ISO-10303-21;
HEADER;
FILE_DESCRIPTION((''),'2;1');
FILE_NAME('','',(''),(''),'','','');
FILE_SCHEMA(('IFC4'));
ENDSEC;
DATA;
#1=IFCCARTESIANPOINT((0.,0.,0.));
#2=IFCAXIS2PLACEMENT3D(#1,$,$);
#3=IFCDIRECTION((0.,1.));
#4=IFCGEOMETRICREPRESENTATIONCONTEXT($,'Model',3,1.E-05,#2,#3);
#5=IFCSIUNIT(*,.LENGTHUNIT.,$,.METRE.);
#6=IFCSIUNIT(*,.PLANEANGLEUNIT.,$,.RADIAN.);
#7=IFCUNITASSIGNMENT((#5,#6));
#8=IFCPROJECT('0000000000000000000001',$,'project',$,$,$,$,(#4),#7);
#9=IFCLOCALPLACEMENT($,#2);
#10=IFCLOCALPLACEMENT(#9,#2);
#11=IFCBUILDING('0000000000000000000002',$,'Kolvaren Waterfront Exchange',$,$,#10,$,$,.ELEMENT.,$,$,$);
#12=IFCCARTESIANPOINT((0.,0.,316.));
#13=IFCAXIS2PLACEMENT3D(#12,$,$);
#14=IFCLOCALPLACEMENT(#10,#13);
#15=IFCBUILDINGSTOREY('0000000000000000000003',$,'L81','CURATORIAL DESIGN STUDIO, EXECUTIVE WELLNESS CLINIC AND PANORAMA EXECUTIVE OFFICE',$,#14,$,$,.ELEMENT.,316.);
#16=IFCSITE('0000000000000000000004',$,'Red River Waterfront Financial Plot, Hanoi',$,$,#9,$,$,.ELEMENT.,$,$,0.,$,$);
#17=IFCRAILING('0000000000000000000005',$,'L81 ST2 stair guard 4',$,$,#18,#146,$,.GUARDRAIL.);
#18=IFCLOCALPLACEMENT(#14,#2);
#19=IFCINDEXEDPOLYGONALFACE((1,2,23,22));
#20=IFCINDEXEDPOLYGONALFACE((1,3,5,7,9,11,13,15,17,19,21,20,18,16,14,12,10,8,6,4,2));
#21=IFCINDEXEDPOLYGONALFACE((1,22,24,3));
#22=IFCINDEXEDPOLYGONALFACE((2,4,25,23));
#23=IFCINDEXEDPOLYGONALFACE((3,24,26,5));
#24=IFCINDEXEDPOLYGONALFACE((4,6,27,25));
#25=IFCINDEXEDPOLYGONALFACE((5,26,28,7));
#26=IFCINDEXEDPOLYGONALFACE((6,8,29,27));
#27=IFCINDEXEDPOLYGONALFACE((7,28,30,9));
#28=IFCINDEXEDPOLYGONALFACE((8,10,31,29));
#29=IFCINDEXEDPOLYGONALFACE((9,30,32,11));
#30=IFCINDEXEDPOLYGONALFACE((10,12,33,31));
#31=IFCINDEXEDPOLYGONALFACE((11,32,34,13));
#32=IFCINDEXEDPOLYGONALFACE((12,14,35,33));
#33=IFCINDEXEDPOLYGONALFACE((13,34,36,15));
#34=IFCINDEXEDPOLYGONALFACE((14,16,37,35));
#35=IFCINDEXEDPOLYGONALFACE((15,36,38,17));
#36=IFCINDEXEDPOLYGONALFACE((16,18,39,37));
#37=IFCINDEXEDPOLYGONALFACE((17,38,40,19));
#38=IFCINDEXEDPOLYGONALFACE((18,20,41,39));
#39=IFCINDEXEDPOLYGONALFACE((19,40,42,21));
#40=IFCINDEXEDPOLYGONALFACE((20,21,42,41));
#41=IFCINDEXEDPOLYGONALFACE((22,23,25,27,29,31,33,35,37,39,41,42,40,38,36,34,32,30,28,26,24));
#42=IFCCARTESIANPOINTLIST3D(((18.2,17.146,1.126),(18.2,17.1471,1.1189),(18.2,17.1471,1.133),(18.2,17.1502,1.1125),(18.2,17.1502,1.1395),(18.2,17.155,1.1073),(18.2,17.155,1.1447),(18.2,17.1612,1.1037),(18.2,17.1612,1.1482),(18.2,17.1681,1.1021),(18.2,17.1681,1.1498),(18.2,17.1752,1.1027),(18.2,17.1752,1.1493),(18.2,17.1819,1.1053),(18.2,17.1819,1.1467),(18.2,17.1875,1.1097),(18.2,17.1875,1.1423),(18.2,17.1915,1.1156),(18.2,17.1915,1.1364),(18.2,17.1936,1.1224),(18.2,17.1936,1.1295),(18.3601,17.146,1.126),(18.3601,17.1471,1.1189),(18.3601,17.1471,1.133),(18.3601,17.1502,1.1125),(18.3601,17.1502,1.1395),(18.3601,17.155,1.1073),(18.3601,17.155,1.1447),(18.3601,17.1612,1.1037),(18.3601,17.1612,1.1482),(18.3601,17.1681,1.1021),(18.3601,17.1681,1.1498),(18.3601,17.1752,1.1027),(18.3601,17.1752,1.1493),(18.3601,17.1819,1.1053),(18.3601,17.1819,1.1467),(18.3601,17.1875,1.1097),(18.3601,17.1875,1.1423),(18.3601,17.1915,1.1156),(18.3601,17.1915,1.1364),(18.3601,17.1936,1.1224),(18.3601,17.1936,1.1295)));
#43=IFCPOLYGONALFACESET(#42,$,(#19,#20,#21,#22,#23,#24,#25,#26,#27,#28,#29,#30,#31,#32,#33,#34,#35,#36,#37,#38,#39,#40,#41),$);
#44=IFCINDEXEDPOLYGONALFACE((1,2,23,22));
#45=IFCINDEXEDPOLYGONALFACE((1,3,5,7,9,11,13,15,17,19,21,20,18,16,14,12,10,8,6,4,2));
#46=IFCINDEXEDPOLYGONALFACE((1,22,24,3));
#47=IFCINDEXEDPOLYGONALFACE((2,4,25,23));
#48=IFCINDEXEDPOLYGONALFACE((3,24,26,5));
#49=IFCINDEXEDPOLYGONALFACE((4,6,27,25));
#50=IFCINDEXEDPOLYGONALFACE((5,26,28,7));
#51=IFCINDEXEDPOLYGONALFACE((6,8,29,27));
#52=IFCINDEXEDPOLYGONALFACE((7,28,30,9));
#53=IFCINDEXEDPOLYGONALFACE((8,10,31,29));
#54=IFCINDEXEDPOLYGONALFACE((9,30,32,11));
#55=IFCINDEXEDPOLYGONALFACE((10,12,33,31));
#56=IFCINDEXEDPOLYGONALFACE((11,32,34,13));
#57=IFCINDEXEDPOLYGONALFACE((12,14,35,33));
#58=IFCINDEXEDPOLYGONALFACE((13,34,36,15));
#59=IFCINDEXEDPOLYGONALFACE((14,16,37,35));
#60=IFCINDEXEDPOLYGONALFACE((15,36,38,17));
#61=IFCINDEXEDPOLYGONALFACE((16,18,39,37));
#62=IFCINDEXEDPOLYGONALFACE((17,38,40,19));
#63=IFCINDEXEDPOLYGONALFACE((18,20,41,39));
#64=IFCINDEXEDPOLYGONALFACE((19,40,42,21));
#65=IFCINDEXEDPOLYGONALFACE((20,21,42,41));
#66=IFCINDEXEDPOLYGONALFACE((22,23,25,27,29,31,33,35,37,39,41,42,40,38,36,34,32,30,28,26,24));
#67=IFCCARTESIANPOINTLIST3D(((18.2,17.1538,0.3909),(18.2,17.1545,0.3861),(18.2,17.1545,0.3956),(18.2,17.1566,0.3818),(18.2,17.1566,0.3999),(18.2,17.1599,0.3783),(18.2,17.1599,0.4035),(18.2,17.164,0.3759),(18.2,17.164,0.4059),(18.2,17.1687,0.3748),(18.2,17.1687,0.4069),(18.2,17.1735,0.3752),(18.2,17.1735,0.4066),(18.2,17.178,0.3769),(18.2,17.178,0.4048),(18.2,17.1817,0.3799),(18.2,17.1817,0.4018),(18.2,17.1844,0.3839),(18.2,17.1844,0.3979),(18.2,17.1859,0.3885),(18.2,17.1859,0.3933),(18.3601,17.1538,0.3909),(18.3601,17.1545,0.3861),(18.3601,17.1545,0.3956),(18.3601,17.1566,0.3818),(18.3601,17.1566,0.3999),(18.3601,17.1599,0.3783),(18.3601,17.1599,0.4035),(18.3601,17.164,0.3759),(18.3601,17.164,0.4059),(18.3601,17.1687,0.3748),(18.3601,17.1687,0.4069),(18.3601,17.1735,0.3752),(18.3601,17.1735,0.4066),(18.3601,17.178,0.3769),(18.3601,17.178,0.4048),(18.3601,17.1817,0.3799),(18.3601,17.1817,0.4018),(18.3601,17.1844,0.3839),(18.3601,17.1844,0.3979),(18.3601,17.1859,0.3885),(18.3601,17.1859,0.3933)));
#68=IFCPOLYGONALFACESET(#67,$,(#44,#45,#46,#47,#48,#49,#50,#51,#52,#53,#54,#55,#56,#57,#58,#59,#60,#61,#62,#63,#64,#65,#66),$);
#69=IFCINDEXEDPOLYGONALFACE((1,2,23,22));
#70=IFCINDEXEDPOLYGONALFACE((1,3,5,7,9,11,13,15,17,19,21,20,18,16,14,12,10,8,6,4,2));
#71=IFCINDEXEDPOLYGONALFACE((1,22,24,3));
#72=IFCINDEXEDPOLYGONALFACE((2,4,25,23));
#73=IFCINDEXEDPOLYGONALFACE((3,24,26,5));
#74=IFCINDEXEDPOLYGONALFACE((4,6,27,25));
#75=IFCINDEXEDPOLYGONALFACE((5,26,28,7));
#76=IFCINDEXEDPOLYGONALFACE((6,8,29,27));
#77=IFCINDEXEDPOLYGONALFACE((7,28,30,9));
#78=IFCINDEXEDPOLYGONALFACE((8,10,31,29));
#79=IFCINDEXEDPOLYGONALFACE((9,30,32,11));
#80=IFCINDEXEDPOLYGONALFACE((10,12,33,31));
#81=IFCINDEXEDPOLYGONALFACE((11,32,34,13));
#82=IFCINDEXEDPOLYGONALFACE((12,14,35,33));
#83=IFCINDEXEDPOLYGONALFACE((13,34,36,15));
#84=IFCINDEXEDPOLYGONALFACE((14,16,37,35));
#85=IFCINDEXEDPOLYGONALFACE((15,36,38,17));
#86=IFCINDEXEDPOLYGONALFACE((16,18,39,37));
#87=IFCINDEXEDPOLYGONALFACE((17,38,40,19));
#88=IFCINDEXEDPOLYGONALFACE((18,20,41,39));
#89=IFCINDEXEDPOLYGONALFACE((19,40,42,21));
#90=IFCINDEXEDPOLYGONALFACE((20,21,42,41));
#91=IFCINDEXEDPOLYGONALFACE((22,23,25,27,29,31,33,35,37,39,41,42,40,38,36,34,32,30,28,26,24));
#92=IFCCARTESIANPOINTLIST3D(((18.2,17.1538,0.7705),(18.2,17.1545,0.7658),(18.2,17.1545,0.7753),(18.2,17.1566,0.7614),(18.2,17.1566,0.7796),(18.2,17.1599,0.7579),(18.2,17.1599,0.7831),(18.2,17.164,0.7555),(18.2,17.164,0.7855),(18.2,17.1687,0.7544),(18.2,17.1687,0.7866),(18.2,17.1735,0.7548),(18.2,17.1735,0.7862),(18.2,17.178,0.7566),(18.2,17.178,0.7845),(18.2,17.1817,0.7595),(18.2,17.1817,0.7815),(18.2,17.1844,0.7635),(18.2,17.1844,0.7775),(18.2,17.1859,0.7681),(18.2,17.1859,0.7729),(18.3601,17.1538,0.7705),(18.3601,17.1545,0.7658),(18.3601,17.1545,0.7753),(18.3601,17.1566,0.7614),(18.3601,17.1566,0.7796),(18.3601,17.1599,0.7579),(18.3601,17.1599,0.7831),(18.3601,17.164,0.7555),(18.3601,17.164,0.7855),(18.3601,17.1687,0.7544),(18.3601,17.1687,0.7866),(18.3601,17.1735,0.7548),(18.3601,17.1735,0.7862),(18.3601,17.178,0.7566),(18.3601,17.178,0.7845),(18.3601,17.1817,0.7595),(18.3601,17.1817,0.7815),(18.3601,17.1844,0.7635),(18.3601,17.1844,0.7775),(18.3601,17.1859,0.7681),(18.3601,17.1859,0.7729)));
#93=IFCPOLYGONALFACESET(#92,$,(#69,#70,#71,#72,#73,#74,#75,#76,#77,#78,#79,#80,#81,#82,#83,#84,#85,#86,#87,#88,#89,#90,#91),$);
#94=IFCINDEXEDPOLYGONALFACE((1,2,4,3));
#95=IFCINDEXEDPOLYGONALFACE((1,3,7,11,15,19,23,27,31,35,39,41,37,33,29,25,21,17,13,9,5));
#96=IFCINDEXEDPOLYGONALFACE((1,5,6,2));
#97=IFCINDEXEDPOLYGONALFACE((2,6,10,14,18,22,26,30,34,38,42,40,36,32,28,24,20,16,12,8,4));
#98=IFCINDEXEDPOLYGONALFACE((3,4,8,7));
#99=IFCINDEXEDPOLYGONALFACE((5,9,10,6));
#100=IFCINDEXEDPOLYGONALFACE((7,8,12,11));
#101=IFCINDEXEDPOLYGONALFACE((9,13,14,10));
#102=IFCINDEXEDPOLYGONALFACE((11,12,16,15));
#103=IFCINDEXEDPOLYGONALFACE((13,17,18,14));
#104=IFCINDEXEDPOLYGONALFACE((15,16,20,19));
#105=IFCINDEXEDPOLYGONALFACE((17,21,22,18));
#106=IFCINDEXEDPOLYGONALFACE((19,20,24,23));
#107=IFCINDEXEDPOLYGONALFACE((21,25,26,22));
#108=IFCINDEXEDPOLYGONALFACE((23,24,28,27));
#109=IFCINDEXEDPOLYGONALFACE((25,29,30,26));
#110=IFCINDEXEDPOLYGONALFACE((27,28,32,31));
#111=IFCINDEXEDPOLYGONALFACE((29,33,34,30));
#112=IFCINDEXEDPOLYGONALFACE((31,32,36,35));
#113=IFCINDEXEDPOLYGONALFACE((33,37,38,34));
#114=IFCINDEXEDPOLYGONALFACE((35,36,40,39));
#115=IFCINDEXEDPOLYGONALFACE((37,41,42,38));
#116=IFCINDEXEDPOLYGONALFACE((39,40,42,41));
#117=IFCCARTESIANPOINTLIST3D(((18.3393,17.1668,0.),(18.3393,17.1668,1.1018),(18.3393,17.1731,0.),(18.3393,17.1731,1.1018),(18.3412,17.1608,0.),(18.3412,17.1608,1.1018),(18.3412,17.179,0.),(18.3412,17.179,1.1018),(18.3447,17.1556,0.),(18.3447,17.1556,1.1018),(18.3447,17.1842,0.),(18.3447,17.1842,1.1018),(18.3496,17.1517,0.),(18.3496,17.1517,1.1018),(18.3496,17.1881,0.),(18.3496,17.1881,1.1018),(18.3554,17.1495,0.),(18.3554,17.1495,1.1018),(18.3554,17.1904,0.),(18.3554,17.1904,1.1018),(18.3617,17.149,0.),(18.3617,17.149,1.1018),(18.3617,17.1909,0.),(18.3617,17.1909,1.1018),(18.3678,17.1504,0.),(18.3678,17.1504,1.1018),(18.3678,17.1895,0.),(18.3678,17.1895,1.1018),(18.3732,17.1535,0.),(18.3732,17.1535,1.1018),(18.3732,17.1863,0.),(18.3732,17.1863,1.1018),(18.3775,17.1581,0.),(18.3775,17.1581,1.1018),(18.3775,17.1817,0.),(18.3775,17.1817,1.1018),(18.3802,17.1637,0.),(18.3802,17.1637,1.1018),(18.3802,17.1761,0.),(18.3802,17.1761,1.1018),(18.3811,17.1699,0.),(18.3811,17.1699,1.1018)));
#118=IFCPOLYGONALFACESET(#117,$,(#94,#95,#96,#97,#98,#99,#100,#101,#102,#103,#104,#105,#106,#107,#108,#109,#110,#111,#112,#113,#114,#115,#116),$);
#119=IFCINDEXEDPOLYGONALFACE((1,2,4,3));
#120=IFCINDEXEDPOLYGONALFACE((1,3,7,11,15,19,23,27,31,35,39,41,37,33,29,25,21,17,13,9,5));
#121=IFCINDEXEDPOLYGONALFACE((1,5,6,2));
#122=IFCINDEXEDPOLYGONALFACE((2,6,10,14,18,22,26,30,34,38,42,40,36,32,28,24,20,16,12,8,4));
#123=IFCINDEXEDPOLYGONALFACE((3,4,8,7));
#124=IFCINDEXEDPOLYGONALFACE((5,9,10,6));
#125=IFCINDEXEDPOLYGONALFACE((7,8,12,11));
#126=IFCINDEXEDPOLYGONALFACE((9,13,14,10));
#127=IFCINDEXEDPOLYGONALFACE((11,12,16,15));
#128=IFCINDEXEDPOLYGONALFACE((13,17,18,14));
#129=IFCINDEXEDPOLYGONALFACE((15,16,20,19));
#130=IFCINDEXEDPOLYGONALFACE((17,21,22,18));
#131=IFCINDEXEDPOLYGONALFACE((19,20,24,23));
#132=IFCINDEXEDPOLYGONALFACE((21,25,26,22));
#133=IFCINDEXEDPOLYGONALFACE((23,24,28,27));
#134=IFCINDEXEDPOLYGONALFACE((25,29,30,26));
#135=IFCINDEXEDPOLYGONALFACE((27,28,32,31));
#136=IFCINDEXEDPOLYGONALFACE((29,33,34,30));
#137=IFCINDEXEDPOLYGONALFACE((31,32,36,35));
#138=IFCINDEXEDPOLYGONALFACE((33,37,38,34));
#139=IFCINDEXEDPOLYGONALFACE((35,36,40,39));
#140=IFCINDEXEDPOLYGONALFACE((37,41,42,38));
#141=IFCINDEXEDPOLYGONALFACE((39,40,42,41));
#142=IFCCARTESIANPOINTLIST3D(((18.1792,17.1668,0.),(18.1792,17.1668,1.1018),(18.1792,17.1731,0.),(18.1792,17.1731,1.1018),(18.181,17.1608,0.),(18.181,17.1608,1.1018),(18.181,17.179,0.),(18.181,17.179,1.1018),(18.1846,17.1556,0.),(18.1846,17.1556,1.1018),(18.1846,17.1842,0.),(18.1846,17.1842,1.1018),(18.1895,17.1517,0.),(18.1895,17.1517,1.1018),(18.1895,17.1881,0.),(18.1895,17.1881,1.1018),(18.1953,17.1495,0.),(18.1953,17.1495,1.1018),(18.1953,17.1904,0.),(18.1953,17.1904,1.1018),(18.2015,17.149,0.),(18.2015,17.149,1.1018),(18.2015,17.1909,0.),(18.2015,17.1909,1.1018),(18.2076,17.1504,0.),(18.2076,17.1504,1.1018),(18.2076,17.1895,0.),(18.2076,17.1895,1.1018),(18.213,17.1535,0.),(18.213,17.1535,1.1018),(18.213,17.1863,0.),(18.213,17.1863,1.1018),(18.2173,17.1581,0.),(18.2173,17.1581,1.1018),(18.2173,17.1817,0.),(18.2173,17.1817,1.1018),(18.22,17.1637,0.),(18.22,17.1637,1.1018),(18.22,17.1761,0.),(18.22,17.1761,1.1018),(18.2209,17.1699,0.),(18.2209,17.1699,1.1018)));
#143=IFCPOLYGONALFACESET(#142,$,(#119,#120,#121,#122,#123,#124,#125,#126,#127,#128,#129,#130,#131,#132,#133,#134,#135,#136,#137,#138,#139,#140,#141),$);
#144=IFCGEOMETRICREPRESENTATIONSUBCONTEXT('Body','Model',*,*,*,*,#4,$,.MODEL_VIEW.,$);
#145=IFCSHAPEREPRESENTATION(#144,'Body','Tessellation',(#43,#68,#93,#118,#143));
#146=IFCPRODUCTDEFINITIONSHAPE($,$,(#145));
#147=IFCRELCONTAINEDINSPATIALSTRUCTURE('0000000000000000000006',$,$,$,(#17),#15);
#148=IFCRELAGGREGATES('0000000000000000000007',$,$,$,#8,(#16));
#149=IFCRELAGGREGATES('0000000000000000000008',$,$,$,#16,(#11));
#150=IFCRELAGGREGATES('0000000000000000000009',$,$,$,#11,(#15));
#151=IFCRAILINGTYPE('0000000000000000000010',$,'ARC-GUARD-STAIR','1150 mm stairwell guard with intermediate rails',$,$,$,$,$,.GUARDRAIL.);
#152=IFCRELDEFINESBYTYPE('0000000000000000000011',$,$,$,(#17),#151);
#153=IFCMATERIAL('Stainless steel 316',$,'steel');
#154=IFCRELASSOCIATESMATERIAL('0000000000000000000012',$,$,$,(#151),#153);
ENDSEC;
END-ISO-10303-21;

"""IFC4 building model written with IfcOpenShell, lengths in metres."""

from ifc_helpers import new_model, si_unit, direction, frame, origin, origin_2d, place, context, subcontext, project, spatial, circle, extrude, material, type_object, element, save


model = new_model("IFC4")

# Units and contexts
model_context = context("Model", 3, precision=1e-05, world=origin(), true_north=direction((0.0, 1.0)))
body_context = subcontext(model_context, "Body", "Model", "MODEL_VIEW")
ifc_project = project(units=[si_unit("LENGTHUNIT", "METRE"), si_unit("PLANEANGLEUNIT", "RADIAN")], contexts=[model_context])

# Site, building, storey
site_placement = place(None, origin())
site = spatial("IfcSite", under=ifc_project, at=site_placement, Name="Red River Waterfront Financial Plot, Hanoi", CompositionType="ELEMENT", RefElevation=0.0)
building_placement = place(site_placement, origin())
building = spatial("IfcBuilding", under=site, at=building_placement, Name="Kolvaren Waterfront Exchange", CompositionType="ELEMENT")
storey_placement = place(building_placement, frame((0.0, 0.0, 316.0)))
storey = spatial("IfcBuildingStorey", under=building, at=storey_placement, Name="L81", Description="CURATORIAL DESIGN STUDIO, EXECUTIVE WELLNESS CLINIC AND PANORAMA EXECUTIVE OFFICE", CompositionType="ELEMENT", Elevation=316.0)

# Railing
ifc_material_1 = material(Name="Stainless steel 316", Category="steel")
railing_type_1 = type_object("IfcRailingType", Name="ARC-GUARD-STAIR", Description="1150 mm stairwell guard with intermediate rails", PredefinedType="GUARDRAIL", material=ifc_material_1)
railing_1_placement = place(storey_placement, frame((18.3601, 17.1699, 0.0)))
element("IfcRailing", 1, at=railing_1_placement, inside=storey, type_object=railing_type_1, Name="L81 ST2 stair guard 4", PredefinedType="GUARDRAIL", context=body_context, shape_type="SweptSolid", body=[
    extrude(circle(Radius=0.0239, at=origin_2d()), frame((0.0, 0.0, 1.126), z_axis=(-1.0, 0.0, 0.0), x_axis=(0.0, -1.0, 0.0)), (0.0, 0.0, 1.0), 0.1602),
    extrude(circle(Radius=0.0161, at=origin_2d()), frame((0.0, 0.0, 0.3909), z_axis=(-1.0, 0.0, 0.0), x_axis=(0.0, -1.0, 0.0)), (0.0, 0.0, 1.0), 0.1602),
    extrude(circle(Radius=0.0161, at=origin_2d()), frame((0.0, 0.0, 0.7705), z_axis=(-1.0, 0.0, 0.0), x_axis=(0.0, -1.0, 0.0)), (0.0, 0.0, 1.0), 0.1602),
    extrude(circle(Radius=0.021, at=origin_2d()), origin(), (0.0, 0.0, 1.0), 1.1018),
    extrude(circle(Radius=0.021, at=origin_2d()), frame((-0.1602, 0.0, 0.0)), (0.0, 0.0, 1.0), 1.1018),
])

save(model, "model.ifc")
